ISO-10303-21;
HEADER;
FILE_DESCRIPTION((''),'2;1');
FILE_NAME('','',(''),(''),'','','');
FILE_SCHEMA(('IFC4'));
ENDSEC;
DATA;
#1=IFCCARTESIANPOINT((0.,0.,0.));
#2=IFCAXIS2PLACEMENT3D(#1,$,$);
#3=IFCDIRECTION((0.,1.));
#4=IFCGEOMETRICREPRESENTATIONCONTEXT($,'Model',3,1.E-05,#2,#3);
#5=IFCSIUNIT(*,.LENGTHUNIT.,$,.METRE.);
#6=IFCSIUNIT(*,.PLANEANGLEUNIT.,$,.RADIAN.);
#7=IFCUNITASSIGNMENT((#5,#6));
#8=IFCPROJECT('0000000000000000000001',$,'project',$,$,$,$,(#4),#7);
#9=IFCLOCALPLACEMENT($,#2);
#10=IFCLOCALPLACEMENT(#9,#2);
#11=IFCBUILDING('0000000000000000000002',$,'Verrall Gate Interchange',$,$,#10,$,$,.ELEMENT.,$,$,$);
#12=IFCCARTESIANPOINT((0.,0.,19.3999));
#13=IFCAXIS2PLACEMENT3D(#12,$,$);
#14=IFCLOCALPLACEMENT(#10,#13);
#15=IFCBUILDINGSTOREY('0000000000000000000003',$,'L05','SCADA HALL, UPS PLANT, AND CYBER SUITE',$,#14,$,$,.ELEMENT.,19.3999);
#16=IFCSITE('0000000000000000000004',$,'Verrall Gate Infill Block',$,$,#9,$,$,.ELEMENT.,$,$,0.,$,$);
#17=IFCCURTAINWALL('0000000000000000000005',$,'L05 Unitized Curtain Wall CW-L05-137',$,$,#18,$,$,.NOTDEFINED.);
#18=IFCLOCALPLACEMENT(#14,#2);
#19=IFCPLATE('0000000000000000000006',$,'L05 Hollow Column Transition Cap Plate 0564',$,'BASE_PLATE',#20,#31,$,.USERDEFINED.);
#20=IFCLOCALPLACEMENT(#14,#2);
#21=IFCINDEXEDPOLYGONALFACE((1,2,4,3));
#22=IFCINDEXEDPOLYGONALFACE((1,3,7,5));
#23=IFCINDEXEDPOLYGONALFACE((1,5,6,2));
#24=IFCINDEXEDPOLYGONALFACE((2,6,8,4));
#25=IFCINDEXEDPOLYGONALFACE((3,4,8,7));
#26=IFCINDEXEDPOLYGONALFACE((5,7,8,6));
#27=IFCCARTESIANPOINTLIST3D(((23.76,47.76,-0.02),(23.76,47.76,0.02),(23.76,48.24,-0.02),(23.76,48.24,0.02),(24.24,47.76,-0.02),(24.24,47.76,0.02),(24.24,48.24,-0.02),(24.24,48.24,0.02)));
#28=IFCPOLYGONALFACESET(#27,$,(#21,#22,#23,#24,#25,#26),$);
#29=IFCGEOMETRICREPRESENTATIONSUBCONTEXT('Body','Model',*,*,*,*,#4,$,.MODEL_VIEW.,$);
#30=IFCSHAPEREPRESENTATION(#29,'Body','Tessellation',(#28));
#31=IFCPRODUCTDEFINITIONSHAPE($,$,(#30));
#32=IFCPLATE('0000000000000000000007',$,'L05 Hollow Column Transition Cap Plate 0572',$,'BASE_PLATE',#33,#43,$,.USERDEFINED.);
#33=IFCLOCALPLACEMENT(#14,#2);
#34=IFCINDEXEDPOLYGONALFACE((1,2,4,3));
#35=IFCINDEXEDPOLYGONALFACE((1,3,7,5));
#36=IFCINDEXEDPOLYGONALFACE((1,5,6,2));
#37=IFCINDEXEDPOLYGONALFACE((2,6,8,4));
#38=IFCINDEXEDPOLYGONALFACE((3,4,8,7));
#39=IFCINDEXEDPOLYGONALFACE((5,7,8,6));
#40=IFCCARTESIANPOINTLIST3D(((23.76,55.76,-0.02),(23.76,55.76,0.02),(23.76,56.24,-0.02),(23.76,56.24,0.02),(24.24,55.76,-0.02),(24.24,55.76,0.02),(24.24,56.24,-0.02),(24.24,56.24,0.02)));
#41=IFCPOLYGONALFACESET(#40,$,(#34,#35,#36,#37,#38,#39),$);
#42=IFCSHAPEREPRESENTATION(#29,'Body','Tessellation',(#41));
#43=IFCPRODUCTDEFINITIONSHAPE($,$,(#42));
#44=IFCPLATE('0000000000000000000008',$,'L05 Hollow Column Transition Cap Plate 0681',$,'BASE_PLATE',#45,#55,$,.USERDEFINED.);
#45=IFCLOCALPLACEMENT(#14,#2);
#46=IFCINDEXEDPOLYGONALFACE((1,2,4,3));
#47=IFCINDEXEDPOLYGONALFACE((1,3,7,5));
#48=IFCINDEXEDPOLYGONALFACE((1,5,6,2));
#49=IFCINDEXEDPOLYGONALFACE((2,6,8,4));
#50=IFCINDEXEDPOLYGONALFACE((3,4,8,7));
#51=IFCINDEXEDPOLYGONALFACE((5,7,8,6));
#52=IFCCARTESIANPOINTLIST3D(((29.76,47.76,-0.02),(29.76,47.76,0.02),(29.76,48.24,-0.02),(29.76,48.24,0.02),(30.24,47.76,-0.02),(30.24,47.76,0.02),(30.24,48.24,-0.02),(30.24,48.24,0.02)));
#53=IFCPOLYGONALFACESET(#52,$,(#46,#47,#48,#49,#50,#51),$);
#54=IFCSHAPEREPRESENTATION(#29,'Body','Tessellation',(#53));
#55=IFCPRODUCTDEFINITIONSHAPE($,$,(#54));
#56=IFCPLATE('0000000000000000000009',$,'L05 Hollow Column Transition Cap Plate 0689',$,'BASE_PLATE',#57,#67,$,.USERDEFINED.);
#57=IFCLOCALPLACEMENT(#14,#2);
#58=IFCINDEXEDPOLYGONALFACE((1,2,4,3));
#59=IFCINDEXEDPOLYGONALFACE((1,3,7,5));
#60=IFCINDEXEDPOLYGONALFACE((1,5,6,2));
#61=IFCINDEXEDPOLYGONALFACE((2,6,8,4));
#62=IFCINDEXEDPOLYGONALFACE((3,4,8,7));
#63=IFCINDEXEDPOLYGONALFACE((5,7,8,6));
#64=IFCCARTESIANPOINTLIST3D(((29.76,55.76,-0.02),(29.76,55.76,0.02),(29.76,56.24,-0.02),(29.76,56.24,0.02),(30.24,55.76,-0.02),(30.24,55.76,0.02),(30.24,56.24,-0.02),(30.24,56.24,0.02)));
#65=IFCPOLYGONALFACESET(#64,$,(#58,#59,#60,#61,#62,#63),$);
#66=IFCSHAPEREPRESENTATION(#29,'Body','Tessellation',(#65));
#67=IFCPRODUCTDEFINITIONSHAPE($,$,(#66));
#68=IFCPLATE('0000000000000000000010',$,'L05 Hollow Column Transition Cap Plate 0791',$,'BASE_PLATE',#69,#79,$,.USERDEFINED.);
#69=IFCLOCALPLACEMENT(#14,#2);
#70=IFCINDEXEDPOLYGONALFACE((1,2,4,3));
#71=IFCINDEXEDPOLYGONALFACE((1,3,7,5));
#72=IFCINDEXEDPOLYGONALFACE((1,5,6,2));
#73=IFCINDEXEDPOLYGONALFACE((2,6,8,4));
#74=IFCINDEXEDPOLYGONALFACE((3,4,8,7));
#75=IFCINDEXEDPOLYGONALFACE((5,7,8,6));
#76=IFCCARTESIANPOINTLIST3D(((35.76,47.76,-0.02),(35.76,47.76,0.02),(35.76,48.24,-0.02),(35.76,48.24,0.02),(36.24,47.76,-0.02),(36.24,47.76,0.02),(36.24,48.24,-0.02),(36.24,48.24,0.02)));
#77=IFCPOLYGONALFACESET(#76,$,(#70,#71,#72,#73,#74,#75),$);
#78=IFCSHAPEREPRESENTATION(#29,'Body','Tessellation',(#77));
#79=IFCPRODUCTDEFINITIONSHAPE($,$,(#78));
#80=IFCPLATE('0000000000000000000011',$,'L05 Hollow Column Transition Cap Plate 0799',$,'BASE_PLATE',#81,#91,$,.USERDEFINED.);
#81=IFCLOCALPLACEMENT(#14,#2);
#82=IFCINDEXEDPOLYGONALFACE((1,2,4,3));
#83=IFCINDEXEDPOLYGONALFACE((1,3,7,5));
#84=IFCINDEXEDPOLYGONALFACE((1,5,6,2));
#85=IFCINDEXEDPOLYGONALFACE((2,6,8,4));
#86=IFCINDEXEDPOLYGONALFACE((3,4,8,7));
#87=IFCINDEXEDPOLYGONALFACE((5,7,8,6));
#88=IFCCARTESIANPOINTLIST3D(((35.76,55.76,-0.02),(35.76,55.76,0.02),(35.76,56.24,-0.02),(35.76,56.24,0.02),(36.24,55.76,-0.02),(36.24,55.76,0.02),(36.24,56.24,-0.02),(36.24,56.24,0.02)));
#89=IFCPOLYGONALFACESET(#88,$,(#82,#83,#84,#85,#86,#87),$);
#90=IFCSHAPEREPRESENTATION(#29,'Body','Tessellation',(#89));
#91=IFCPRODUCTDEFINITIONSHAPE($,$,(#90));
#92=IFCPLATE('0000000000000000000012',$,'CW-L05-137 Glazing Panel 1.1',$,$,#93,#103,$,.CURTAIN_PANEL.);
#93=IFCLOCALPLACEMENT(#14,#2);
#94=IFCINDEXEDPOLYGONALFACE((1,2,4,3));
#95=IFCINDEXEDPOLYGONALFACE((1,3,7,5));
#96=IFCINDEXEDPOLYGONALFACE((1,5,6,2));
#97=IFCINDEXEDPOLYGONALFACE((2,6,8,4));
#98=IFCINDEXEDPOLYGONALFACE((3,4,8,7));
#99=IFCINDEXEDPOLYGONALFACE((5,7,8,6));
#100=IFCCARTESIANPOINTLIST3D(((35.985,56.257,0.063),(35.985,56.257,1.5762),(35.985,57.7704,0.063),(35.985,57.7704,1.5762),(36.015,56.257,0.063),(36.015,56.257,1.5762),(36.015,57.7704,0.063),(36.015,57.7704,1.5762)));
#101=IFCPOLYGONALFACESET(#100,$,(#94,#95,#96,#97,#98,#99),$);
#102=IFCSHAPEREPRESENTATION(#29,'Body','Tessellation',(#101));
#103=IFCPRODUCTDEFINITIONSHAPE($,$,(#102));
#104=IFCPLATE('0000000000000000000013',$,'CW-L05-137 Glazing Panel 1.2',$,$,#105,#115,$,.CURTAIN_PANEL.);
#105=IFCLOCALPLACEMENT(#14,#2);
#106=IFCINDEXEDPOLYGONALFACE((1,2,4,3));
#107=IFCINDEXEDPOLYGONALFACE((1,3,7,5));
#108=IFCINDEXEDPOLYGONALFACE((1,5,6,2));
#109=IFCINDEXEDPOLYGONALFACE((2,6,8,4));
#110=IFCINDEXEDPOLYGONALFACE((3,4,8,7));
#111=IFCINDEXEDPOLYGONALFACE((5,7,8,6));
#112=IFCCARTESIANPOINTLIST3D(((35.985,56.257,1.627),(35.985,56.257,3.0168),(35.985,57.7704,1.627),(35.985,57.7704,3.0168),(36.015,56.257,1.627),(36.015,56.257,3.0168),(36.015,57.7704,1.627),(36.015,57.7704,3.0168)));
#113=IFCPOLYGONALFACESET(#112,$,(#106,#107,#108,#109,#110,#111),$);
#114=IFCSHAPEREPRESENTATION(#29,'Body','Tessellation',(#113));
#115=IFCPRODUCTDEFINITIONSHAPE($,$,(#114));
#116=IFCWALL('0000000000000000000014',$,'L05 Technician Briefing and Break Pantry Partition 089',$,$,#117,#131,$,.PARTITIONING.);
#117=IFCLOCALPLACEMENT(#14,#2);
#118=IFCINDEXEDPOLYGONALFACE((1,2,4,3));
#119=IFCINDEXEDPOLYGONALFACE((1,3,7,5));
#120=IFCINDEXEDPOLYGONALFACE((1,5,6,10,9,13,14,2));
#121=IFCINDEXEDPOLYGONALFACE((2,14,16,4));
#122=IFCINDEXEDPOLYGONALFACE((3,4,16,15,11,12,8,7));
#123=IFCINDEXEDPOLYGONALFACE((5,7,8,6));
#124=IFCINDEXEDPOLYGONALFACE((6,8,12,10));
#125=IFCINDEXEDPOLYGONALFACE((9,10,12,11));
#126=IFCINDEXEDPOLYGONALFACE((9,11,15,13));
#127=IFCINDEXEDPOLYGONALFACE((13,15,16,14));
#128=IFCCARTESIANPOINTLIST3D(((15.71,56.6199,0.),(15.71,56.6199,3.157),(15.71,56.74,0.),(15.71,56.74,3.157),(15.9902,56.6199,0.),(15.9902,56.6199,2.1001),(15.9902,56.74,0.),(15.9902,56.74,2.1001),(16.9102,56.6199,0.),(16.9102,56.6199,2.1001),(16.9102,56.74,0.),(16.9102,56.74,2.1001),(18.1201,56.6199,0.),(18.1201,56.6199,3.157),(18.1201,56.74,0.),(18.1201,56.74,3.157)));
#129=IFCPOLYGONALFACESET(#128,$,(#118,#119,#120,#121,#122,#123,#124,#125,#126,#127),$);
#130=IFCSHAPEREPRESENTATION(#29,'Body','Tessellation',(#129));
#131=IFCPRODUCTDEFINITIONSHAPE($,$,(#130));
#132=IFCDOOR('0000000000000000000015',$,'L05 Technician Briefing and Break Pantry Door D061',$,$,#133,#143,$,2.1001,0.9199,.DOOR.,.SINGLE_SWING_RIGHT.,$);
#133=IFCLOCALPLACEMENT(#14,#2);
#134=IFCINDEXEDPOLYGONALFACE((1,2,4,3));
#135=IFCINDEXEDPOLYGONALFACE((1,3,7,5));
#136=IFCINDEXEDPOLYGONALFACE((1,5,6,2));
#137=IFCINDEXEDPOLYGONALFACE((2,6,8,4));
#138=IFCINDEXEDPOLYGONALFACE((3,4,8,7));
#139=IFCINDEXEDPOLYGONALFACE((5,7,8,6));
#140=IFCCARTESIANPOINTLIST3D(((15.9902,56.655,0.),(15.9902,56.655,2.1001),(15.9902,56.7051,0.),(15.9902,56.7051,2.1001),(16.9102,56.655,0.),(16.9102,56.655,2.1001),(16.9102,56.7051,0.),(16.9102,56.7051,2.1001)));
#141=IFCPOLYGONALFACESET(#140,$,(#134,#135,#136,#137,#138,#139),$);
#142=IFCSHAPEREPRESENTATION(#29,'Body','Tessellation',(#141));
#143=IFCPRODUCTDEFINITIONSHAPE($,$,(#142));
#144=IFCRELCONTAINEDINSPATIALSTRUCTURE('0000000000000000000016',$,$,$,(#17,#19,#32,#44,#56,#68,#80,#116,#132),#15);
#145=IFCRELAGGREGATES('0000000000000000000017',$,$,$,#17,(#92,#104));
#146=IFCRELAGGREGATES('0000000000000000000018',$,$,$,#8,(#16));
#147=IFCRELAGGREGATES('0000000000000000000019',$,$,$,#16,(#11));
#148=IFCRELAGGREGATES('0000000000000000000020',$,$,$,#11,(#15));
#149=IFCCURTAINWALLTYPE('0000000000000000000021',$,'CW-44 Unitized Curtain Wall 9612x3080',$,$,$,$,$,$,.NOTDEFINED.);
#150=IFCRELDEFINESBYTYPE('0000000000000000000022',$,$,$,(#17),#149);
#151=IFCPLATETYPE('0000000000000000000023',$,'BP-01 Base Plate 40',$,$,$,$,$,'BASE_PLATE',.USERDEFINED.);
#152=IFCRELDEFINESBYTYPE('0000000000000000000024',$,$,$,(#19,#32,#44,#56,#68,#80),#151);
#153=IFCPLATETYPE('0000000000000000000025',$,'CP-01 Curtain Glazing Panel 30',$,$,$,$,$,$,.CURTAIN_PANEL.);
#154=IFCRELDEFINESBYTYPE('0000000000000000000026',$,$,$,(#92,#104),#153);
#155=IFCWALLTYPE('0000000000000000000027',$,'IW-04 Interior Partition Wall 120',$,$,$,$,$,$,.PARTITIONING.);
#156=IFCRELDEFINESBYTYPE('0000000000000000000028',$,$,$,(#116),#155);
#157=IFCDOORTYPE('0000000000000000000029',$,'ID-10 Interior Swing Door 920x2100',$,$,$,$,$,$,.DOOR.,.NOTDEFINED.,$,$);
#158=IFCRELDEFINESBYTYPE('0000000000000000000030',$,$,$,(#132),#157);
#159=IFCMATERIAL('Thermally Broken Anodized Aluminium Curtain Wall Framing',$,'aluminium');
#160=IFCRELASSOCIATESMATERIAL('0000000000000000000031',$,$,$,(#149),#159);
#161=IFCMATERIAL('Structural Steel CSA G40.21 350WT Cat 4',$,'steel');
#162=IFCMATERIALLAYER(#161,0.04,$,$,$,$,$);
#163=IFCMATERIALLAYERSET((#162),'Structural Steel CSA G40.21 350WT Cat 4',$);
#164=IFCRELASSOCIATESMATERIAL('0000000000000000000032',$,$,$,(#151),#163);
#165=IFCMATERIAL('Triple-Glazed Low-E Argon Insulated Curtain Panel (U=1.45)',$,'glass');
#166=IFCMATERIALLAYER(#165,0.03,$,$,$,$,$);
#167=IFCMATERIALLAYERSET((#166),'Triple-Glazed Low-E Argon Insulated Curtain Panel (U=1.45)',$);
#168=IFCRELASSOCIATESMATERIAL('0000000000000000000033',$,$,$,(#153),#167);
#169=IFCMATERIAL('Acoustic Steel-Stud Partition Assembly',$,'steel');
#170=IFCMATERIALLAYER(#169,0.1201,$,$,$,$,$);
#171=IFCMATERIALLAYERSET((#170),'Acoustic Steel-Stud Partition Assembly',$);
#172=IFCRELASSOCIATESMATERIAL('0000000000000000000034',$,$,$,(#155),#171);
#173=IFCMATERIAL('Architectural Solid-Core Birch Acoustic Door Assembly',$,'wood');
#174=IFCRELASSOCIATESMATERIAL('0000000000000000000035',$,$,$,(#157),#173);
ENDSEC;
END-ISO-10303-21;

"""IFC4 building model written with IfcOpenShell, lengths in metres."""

from ifc_helpers import new_model, si_unit, direction, frame, frame_2d, origin, origin_2d, place, context, subcontext, project, spatial, rectangle, extrude, material, layer, layer_set, type_object, element, fill, aggregate, save


model = new_model("IFC4")

# Units and contexts
model_context = context("Model", 3, precision=1e-05, world=origin(), true_north=direction((0.0, 1.0)))
body_context = subcontext(model_context, "Body", "Model", "MODEL_VIEW")
ifc_project = project(units=[si_unit("LENGTHUNIT", "METRE"), si_unit("PLANEANGLEUNIT", "RADIAN")], contexts=[model_context])

# Site, building, storey
site_placement = place(None, origin())
site = spatial("IfcSite", under=ifc_project, at=site_placement, Name="Verrall Gate Infill Block", CompositionType="ELEMENT", RefElevation=0.0)
building_placement = place(site_placement, origin())
building = spatial("IfcBuilding", under=site, at=building_placement, Name="Verrall Gate Interchange", CompositionType="ELEMENT")
storey_placement = place(building_placement, frame((0.0, 0.0, 19.3999)))
storey = spatial("IfcBuildingStorey", under=building, at=storey_placement, Name="L05", Description="SCADA HALL, UPS PLANT, AND CYBER SUITE", CompositionType="ELEMENT", Elevation=19.3999)

# Curtain wall
ifc_material_1 = material(Name="Thermally Broken Anodized Aluminium Curtain Wall Framing", Category="aluminium")
curtain_wall_type = type_object("IfcCurtainWallType", Name="CW-44 Unitized Curtain Wall 9612x3080", PredefinedType="NOTDEFINED", material=ifc_material_1)
curtain_wall_placement = place(storey_placement, origin())
curtain_wall = element("IfcCurtainWall", 1, at=curtain_wall_placement, inside=storey, type_object=curtain_wall_type, Name="L05 Unitized Curtain Wall CW-L05-137", PredefinedType="NOTDEFINED")

# Plates
ifc_material_2 = material(Name="Structural Steel CSA G40.21 350WT Cat 4", Category="steel")
ifc_layer_1 = layer(ifc_material_2, 0.04)
ifc_layer_set_1 = layer_set([ifc_layer_1], Name="Structural Steel CSA G40.21 350WT Cat 4")
plate_type_1 = type_object("IfcPlateType", Name="BP-01 Base Plate 40", ElementType="BASE_PLATE", PredefinedType="USERDEFINED", material=ifc_layer_set_1)
for number, where, z_axis, x_axis, name in (
    (2, (24.0, 48.0, -0.02), (0.0, 0.0, 1.0), (1.0, 0.0, 0.0), "L05 Hollow Column Transition Cap Plate 0564"),
    (3, (24.0, 56.0, -0.02), (0.0, 0.0, 1.0), (1.0, 0.0, 0.0), "L05 Hollow Column Transition Cap Plate 0572"),
    (4, (30.0, 48.0, -0.02), (0.0, 0.0, 1.0), (1.0, 0.0, 0.0), "L05 Hollow Column Transition Cap Plate 0681"),
    (5, (30.0, 56.0, -0.02), (0.0, 0.0, 1.0), (1.0, 0.0, 0.0), "L05 Hollow Column Transition Cap Plate 0689"),
    (6, (36.0, 48.0, -0.02), (0.0, 0.0, 1.0), (1.0, 0.0, 0.0), "L05 Hollow Column Transition Cap Plate 0791"),
    (7, (36.0, 56.0, -0.02), (0.0, 0.0, 1.0), (1.0, 0.0, 0.0), "L05 Hollow Column Transition Cap Plate 0799"),
):
    element("IfcPlate", number, at=place(storey_placement, frame(where, z_axis=z_axis, x_axis=x_axis)), inside=storey, type_object=plate_type_1, Name=name, ObjectType="BASE_PLATE", PredefinedType="USERDEFINED", context=body_context, shape_type="SweptSolid", body=[
        extrude(rectangle(XDim=0.48, YDim=0.48, at=origin_2d()), origin(), (0.0, 0.0, 1.0), 0.04),
    ])

# Plates
ifc_material_3 = material(Name="Triple-Glazed Low-E Argon Insulated Curtain Panel (U=1.45)", Category="glass")
ifc_layer_2 = layer(ifc_material_3, 0.03)
ifc_layer_set_2 = layer_set([ifc_layer_2], Name="Triple-Glazed Low-E Argon Insulated Curtain Panel (U=1.45)")
plate_type_2 = type_object("IfcPlateType", Name="CP-01 Curtain Glazing Panel 30", PredefinedType="CURTAIN_PANEL", material=ifc_layer_set_2)
plate_1_placement = place(storey_placement, frame((36.0, 57.0137, 0.063), z_axis=(0.0, 0.0, 1.0), x_axis=(0.0, 1.0, 0.0)))
plate_1 = element("IfcPlate", 8, at=plate_1_placement, type_object=plate_type_2, Name="CW-L05-137 Glazing Panel 1.1", PredefinedType="CURTAIN_PANEL", context=body_context, shape_type="SweptSolid", body=[
    extrude(rectangle(XDim=1.5134, YDim=0.03, at=origin_2d()), origin(), (0.0, 0.0, 1.0), 1.5132),
])
plate_2_placement = place(storey_placement, frame((36.0, 57.0137, 1.627), z_axis=(0.0, 0.0, 1.0), x_axis=(0.0, 1.0, 0.0)))
plate_2 = element("IfcPlate", 9, at=plate_2_placement, type_object=plate_type_2, Name="CW-L05-137 Glazing Panel 1.2", PredefinedType="CURTAIN_PANEL", context=body_context, shape_type="SweptSolid", body=[
    extrude(rectangle(XDim=1.5134, YDim=0.03, at=origin_2d()), origin(), (0.0, 0.0, 1.0), 1.3899),
])
aggregate(curtain_wall, [plate_1, plate_2])

# Wall, opening, door
ifc_material_4 = material(Name="Acoustic Steel-Stud Partition Assembly", Category="steel")
ifc_layer_3 = layer(ifc_material_4, 0.1201)
ifc_layer_set_3 = layer_set([ifc_layer_3], Name="Acoustic Steel-Stud Partition Assembly")
wall_type = type_object("IfcWallType", Name="IW-04 Interior Partition Wall 120", PredefinedType="PARTITIONING", material=ifc_layer_set_3)
wall_placement = place(storey_placement, frame((18.1201, 56.6799, 0.0), z_axis=(0.0, 0.0, 1.0), x_axis=(-1.0, 0.0, 0.0)))
wall = element("IfcWall", 10, at=wall_placement, inside=storey, type_object=wall_type, Name="L05 Technician Briefing and Break Pantry Partition 089", PredefinedType="PARTITIONING", context=body_context, shape_type="SweptSolid", body=[
    extrude(rectangle(XDim=2.4102, YDim=0.1201, at=frame_2d((1.2051, 0.0))), origin(), (0.0, 0.0, 1.0), 3.157),
])
opening_placement = place(wall_placement, frame((1.21, 0.0, 0.0)))
opening = element("IfcOpeningElement", 11, at=opening_placement, cuts=wall, PredefinedType="OPENING", context=body_context, shape_type="SweptSolid", body=[
    extrude(rectangle(XDim=0.9199, YDim=2.1001, at=frame_2d((0.46, 1.05))), frame((0.0, 0.075, 0.0), z_axis=(0.0, -1.0, 0.0), x_axis=(1.0, 0.0, 0.0)), (0.0, 0.0, 1.0), 0.1499),
])
ifc_material_5 = material(Name="Architectural Solid-Core Birch Acoustic Door Assembly", Category="wood")
door_type = type_object("IfcDoorType", Name="ID-10 Interior Swing Door 920x2100", OperationType="NOTDEFINED", PredefinedType="DOOR", material=ifc_material_5)
door_placement = place(opening_placement, origin())
door = element("IfcDoor", 12, at=door_placement, inside=storey, type_object=door_type, Name="L05 Technician Briefing and Break Pantry Door D061", OperationType="SINGLE_SWING_RIGHT", OverallHeight=2.1001, OverallWidth=0.9199, PredefinedType="DOOR", context=body_context, shape_type="SweptSolid", body=[
    extrude(rectangle(XDim=0.9199, YDim=2.1001, at=frame_2d((0.46, 1.05))), frame((0.0, 0.0249, 0.0), z_axis=(0.0, -1.0, 0.0), x_axis=(1.0, 0.0, 0.0)), (0.0, 0.0, 1.0), 0.05),
])
fill(opening, door)

save(model, "model.ifc")
